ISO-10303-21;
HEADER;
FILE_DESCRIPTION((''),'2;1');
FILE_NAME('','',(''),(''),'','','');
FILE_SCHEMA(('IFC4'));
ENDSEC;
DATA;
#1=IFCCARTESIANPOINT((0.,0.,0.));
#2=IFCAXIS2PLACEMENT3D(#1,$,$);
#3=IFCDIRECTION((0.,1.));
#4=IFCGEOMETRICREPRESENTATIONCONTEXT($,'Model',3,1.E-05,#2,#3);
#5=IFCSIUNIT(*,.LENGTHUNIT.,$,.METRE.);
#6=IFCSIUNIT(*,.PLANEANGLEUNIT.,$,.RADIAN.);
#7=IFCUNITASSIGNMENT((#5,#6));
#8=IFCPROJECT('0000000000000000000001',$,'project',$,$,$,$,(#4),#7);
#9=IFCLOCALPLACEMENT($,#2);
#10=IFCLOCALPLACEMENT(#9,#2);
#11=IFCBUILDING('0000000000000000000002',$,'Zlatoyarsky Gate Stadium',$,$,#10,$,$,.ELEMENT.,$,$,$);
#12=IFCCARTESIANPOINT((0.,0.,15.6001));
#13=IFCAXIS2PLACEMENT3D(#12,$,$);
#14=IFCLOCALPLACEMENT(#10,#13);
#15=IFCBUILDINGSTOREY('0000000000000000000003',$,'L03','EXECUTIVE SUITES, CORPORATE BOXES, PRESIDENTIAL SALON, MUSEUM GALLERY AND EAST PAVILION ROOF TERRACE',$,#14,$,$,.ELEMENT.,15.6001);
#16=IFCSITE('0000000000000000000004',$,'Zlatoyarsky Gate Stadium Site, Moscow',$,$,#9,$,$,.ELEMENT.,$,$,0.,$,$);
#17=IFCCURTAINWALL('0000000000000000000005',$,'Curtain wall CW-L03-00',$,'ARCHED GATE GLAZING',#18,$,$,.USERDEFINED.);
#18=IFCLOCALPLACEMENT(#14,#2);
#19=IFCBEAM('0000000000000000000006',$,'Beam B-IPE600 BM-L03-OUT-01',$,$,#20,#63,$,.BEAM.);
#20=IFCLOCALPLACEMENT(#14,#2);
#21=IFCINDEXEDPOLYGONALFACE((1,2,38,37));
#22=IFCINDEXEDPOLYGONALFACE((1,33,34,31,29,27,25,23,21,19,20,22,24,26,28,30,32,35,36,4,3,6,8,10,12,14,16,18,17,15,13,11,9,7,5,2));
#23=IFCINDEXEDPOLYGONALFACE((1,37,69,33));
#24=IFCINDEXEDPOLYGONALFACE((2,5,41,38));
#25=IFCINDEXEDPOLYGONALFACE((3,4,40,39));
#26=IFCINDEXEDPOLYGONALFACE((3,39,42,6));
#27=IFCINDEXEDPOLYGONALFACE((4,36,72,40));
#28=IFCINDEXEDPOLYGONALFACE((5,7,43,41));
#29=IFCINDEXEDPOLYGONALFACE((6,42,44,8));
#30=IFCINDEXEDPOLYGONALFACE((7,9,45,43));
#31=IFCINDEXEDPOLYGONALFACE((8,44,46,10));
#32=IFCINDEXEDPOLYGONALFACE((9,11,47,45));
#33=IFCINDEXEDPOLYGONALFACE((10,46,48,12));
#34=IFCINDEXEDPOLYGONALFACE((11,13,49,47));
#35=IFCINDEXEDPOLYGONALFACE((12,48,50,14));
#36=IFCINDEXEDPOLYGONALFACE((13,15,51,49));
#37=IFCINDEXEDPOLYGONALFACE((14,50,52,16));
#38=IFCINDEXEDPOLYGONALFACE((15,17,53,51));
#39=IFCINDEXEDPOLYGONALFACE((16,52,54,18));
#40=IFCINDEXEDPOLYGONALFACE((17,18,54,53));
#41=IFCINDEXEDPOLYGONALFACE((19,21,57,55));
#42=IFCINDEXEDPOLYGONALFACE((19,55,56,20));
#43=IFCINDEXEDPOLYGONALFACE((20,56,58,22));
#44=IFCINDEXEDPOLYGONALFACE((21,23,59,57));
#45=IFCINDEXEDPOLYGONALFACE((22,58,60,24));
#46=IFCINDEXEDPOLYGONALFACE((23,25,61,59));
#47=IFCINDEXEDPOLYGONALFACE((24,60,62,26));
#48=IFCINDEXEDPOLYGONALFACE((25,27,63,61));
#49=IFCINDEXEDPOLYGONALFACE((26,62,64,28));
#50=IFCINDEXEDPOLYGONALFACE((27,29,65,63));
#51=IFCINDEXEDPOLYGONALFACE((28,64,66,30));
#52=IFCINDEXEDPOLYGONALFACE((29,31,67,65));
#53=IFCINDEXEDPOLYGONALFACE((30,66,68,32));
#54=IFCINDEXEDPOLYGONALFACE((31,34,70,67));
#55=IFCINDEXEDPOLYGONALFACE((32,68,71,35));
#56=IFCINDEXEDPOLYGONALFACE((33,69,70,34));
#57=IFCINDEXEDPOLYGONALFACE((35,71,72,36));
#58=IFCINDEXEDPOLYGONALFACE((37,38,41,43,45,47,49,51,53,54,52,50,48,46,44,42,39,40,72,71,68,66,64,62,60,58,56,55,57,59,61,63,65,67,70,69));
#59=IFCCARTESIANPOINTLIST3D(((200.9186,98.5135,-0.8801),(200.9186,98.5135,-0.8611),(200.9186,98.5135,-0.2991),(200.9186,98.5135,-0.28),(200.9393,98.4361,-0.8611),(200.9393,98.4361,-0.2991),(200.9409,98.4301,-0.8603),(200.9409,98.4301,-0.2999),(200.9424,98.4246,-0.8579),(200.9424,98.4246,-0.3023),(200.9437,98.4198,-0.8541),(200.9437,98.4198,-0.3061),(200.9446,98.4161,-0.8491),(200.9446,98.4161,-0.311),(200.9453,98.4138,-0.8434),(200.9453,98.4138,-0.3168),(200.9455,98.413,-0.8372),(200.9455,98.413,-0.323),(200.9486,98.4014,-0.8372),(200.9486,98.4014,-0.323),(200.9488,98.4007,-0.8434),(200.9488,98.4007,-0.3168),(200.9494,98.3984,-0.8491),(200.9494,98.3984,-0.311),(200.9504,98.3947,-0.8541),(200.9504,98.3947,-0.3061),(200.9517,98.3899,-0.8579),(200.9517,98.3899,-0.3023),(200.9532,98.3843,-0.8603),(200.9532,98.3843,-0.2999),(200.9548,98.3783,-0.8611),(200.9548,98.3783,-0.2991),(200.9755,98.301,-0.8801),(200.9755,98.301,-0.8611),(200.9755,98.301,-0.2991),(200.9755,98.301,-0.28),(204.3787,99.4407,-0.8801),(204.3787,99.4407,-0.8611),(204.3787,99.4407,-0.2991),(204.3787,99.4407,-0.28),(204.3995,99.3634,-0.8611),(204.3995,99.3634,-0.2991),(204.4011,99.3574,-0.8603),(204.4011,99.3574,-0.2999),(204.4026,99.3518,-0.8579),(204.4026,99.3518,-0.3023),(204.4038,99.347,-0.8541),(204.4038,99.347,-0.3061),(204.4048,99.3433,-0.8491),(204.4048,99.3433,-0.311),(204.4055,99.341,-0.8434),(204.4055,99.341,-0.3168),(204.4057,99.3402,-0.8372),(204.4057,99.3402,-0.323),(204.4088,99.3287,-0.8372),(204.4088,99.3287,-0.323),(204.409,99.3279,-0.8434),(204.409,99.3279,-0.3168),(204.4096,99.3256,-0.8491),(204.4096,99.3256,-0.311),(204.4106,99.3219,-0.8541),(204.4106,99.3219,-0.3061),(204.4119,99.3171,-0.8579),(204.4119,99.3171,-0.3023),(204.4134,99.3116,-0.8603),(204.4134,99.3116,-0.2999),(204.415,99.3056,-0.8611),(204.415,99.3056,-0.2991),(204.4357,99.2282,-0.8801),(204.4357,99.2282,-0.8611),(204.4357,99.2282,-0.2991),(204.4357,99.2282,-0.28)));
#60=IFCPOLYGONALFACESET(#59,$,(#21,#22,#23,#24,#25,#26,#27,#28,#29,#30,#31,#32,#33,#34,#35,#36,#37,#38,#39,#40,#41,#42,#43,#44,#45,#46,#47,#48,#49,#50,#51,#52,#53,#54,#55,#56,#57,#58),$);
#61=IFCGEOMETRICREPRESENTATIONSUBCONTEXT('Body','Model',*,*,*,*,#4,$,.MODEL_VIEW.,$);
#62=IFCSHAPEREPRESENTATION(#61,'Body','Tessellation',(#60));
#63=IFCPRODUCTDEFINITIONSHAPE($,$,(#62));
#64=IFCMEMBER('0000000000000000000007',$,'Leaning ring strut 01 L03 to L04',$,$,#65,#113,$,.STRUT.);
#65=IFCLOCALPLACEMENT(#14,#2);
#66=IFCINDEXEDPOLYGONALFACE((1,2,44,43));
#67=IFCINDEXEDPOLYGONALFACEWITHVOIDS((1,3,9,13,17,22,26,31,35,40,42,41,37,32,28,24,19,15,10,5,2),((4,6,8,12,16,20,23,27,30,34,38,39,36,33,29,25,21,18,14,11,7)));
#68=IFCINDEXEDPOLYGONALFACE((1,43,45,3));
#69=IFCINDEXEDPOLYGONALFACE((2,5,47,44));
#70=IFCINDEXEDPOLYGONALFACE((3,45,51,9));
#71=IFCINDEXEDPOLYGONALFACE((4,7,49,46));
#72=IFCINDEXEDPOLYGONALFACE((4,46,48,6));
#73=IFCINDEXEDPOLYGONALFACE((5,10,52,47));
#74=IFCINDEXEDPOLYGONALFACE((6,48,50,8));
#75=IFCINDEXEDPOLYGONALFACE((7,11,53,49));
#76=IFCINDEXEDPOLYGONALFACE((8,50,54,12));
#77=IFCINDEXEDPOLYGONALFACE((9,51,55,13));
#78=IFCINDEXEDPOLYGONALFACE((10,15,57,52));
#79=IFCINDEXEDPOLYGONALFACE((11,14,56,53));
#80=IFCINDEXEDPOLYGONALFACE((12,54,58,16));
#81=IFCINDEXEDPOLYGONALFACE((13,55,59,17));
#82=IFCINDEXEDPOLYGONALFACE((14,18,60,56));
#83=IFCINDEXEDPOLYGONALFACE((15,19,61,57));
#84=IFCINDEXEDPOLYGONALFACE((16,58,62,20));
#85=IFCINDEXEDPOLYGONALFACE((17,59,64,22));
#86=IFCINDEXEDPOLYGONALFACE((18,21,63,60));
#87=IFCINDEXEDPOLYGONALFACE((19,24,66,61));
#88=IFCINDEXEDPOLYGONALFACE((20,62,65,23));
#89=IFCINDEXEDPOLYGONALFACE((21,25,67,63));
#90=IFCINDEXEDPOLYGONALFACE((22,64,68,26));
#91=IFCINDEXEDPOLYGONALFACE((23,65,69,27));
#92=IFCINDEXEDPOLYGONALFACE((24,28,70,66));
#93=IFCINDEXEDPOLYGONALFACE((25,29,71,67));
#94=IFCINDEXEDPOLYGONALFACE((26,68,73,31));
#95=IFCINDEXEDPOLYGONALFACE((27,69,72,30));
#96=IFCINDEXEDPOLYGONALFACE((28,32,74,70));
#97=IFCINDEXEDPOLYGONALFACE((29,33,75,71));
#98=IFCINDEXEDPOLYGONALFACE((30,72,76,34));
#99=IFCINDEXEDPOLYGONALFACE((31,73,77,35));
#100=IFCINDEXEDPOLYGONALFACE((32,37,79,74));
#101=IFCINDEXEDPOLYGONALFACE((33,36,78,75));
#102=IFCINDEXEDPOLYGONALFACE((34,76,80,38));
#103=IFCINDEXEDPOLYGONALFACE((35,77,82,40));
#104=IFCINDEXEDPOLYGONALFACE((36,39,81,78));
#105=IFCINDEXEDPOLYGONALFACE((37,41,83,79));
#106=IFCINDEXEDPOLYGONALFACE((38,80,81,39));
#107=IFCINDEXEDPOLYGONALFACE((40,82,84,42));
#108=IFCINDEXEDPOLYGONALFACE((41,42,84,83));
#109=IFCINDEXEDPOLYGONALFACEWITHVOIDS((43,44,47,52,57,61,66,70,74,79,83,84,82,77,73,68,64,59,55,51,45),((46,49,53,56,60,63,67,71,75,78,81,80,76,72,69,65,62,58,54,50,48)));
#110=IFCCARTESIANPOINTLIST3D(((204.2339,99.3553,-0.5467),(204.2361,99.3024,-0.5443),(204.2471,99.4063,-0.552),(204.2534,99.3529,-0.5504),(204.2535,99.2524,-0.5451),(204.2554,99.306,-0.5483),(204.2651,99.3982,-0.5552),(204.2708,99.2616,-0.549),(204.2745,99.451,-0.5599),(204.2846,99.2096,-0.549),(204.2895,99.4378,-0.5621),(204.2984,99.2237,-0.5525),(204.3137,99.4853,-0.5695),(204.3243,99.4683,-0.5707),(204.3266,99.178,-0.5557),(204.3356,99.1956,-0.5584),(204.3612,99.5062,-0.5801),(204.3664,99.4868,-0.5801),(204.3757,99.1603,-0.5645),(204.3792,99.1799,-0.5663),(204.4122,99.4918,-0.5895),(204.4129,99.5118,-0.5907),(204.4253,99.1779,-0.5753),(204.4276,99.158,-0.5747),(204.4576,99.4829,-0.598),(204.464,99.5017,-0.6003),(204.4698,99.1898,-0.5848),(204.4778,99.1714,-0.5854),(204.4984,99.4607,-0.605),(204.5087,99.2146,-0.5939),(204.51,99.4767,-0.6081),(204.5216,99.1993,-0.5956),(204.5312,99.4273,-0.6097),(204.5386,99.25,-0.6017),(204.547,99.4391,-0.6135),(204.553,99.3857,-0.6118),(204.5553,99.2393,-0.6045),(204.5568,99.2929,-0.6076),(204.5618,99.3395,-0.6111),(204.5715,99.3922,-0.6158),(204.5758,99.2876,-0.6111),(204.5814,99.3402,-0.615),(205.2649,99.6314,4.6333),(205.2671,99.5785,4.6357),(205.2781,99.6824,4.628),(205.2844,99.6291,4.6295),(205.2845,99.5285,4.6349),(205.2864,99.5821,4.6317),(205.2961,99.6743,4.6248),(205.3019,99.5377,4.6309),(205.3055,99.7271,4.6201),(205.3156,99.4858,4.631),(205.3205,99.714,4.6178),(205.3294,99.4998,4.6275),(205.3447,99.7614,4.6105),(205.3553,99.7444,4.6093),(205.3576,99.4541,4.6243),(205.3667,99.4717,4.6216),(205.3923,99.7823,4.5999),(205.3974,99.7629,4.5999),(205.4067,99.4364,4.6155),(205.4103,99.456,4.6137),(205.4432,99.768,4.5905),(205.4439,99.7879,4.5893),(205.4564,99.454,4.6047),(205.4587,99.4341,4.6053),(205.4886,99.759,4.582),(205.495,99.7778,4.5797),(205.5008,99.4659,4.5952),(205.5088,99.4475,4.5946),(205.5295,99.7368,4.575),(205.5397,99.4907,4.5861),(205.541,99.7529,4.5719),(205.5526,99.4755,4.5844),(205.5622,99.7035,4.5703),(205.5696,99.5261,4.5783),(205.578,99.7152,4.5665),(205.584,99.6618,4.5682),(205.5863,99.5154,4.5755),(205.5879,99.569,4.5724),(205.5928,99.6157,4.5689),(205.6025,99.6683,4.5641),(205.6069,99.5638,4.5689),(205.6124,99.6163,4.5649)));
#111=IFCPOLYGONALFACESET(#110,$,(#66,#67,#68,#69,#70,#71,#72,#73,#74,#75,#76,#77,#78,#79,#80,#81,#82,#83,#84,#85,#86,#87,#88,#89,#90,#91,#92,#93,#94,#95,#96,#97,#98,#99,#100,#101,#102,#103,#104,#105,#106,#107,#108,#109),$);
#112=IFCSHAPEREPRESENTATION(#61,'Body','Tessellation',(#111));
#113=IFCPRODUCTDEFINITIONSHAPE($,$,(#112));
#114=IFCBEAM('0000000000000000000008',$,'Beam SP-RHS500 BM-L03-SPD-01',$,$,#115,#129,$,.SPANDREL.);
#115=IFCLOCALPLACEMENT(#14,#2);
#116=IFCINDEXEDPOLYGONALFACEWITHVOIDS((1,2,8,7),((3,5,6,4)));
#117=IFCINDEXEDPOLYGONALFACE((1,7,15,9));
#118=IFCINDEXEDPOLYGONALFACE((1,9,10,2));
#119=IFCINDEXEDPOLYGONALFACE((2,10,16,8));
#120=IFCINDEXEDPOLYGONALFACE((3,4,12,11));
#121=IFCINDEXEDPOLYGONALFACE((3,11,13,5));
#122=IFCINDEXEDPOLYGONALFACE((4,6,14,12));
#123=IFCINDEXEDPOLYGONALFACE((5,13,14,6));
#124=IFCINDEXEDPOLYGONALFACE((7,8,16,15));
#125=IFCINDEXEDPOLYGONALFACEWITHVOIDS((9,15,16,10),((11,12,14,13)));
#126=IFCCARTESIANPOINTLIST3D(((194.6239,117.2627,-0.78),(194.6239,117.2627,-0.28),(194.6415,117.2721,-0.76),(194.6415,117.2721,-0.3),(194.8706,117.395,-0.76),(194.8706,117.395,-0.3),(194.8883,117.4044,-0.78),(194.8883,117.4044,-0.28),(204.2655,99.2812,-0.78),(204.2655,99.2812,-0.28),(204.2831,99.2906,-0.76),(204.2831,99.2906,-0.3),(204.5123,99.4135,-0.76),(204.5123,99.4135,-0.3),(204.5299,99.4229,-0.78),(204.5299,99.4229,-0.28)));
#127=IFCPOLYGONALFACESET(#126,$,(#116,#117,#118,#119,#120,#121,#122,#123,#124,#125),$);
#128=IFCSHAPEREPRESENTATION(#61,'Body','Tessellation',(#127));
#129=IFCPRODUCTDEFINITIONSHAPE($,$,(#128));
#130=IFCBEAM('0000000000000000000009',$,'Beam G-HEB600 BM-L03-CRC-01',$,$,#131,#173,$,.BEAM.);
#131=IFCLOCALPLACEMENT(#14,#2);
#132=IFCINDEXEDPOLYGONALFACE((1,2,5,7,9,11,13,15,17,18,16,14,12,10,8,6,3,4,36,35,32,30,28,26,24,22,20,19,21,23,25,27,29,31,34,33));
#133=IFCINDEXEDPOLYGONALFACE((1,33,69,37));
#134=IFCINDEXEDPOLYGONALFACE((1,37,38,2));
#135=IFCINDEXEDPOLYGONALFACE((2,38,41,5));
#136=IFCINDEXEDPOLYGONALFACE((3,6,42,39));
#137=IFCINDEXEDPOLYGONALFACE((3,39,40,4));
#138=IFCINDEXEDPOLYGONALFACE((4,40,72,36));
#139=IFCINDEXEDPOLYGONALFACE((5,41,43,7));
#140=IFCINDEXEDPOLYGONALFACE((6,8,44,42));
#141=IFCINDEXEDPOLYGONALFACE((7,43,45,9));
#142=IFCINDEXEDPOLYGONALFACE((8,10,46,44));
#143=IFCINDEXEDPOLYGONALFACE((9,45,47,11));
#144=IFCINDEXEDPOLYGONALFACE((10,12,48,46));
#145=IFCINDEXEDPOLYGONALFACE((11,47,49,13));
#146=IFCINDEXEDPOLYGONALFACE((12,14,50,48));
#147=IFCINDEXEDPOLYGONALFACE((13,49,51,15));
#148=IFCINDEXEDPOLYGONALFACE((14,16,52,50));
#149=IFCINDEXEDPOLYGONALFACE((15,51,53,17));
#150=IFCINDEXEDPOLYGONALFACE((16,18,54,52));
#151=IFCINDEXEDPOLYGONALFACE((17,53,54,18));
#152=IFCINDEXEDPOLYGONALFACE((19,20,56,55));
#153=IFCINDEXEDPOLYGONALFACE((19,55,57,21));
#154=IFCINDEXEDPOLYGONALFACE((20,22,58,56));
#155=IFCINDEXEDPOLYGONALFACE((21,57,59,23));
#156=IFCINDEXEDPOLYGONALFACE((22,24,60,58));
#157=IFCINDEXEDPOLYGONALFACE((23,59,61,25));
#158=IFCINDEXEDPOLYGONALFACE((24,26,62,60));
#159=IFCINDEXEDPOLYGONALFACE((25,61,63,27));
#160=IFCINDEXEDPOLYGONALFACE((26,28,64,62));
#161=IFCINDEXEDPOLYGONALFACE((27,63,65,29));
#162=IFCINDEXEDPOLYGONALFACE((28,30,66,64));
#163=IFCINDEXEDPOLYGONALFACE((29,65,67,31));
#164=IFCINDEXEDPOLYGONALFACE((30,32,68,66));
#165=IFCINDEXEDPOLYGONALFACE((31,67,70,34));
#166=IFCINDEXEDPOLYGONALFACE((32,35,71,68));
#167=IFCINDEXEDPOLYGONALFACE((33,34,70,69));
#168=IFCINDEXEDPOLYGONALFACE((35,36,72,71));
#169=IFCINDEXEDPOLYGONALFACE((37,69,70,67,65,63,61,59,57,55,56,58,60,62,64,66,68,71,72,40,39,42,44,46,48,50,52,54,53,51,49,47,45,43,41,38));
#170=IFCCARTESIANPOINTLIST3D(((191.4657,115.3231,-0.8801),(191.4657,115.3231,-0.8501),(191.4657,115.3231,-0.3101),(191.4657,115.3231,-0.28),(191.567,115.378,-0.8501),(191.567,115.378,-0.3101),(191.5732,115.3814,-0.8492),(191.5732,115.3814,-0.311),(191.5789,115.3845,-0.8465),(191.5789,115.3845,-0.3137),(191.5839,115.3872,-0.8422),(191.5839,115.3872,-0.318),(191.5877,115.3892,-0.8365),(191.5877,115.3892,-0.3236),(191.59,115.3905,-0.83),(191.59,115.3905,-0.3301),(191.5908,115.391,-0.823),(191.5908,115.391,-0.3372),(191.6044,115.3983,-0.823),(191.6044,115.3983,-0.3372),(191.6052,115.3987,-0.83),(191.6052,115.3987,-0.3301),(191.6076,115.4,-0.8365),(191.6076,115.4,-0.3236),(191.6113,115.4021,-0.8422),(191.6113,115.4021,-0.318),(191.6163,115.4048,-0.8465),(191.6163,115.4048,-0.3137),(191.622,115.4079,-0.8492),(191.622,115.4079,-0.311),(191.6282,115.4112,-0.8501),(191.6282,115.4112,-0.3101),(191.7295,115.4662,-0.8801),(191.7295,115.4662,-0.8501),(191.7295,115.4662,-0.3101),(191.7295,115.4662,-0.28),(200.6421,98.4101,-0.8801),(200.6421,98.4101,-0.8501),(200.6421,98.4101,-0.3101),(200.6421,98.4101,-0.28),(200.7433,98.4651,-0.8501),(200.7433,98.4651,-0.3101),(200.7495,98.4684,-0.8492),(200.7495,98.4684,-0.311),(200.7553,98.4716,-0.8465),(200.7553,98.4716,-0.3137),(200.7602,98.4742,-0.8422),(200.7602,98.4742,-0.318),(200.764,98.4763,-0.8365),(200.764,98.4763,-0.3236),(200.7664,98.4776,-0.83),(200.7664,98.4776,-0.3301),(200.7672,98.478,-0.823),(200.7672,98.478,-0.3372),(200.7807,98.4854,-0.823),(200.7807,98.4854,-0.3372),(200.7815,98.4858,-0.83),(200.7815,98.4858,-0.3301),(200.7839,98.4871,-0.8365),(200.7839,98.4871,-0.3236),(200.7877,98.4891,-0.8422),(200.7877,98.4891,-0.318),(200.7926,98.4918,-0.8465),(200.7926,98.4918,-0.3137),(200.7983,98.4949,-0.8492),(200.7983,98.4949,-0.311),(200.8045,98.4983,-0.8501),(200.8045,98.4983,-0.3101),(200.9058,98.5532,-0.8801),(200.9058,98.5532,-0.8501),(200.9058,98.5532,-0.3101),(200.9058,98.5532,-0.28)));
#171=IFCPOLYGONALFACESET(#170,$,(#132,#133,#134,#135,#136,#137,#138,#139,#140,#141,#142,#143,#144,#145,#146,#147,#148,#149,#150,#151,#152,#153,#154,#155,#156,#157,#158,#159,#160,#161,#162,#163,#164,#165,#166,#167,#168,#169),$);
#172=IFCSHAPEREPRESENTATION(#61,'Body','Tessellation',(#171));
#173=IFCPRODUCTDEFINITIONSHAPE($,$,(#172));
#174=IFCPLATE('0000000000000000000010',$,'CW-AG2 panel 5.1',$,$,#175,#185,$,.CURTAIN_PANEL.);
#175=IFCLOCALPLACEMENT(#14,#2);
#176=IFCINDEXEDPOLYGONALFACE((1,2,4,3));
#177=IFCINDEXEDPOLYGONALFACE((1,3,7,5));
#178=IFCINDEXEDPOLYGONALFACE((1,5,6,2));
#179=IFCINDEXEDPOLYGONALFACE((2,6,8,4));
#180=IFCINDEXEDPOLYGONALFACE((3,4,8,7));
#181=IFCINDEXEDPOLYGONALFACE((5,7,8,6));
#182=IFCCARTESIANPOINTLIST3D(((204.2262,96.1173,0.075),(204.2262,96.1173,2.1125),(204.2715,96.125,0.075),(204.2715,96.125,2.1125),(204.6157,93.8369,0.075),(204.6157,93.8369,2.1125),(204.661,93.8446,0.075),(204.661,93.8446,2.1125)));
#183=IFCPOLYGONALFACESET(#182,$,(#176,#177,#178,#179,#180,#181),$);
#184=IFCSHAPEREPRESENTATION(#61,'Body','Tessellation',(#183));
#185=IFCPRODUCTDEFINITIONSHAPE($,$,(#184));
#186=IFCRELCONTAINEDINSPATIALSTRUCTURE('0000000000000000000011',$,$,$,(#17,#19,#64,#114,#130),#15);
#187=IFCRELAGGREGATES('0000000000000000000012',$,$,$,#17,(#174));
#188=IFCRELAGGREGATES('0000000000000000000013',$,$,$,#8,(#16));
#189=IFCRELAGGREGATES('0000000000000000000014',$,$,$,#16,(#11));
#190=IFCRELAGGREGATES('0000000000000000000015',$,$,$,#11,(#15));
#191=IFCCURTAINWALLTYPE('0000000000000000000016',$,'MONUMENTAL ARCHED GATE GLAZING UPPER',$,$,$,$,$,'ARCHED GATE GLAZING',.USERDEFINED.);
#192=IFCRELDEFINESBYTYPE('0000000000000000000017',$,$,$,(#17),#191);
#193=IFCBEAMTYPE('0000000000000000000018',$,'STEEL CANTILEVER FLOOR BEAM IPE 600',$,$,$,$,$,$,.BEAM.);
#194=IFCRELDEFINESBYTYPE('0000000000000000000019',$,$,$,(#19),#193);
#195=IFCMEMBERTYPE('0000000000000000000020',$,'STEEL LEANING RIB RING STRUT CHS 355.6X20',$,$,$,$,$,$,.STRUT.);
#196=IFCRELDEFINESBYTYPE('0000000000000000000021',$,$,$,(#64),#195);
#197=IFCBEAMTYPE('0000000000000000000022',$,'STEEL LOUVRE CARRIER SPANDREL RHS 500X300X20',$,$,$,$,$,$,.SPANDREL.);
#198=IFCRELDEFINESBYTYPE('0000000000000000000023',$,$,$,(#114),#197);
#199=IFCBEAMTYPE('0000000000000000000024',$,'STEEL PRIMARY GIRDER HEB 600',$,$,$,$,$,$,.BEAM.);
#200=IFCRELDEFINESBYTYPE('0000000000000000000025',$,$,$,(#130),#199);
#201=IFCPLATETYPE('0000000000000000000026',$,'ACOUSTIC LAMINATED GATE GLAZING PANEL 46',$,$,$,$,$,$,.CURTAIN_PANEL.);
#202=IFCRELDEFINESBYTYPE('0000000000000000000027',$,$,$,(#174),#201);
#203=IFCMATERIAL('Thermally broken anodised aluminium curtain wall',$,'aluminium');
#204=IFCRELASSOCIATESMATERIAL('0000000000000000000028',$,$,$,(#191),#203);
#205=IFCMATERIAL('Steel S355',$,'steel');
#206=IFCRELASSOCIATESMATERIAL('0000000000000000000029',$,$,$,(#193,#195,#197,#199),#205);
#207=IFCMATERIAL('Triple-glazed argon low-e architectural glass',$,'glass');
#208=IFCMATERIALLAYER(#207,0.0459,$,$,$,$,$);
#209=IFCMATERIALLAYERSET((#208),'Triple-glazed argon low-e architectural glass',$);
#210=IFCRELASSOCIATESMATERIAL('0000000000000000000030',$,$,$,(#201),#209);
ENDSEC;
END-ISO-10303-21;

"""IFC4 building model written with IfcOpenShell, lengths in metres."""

from ifc_helpers import new_model, si_unit, direction, frame, origin, origin_2d, place, context, subcontext, project, spatial, rectangle, hollow_rectangle, hollow_circle, i_section, extrude, material, layer, layer_set, material_profile, profile_set, type_object, element, aggregate, save


model = new_model("IFC4")

# Units and contexts
model_context = context("Model", 3, precision=1e-05, world=origin(), true_north=direction((0.0, 1.0)))
body_context = subcontext(model_context, "Body", "Model", "MODEL_VIEW")
ifc_project = project(units=[si_unit("LENGTHUNIT", "METRE"), si_unit("PLANEANGLEUNIT", "RADIAN")], contexts=[model_context])

# Site, building, storey
site_placement = place(None, origin())
site = spatial("IfcSite", under=ifc_project, at=site_placement, Name="Zlatoyarsky Gate Stadium Site, Moscow", CompositionType="ELEMENT", RefElevation=0.0)
building_placement = place(site_placement, origin())
building = spatial("IfcBuilding", under=site, at=building_placement, Name="Zlatoyarsky Gate Stadium", CompositionType="ELEMENT")
storey_placement = place(building_placement, frame((0.0, 0.0, 15.6001)))
storey = spatial("IfcBuildingStorey", under=building, at=storey_placement, Name="L03", Description="EXECUTIVE SUITES, CORPORATE BOXES, PRESIDENTIAL SALON, MUSEUM GALLERY AND EAST PAVILION ROOF TERRACE", CompositionType="ELEMENT", Elevation=15.6001)

# Shared definitions
ifc_material_1 = material(Name="Steel S355", Category="steel")

# Curtain wall
ifc_material_2 = material(Name="Thermally broken anodised aluminium curtain wall", Category="aluminium")
curtain_wall_type_1 = type_object("IfcCurtainWallType", Name="MONUMENTAL ARCHED GATE GLAZING UPPER", ElementType="ARCHED GATE GLAZING", PredefinedType="USERDEFINED", material=ifc_material_2)
curtain_wall_1_placement = place(storey_placement, origin())
curtain_wall_1 = element("IfcCurtainWall", 1, at=curtain_wall_1_placement, inside=storey, type_object=curtain_wall_type_1, Name="Curtain wall CW-L03-00", ObjectType="ARCHED GATE GLAZING", PredefinedType="USERDEFINED")

# Beam
ifc_material_profile_1 = material_profile(ifc_material_1, i_section(OverallWidth=0.22, OverallDepth=0.6001, WebThickness=0.012, FlangeThickness=0.019, FilletRadius=0.0239, at=origin_2d()), Name="IPE 600")
ifc_profile_set_1 = profile_set([ifc_material_profile_1], Name="Steel S355")
beam_type_1 = type_object("IfcBeamType", Name="STEEL CANTILEVER FLOOR BEAM IPE 600", PredefinedType="BEAM", material=ifc_profile_set_1)
beam_1_placement = place(storey_placement, frame((200.947, 98.4072, -0.5801), z_axis=(0.96592, 0.258842, 0.0), x_axis=(-0.258842, 0.96592, 0.0)))
element("IfcBeam", 2, at=beam_1_placement, inside=storey, type_object=beam_type_1, Name="Beam B-IPE600 BM-L03-OUT-01", PredefinedType="BEAM", context=body_context, shape_type="SweptSolid", body=[
    extrude(i_section(OverallWidth=0.22, OverallDepth=0.6001, WebThickness=0.012, FlangeThickness=0.019, FilletRadius=0.0239, at=origin_2d()), origin(), (0.0, 0.0, 1.0), 3.5823),
])

# Member
ifc_material_profile_2 = material_profile(ifc_material_1, hollow_circle(Radius=0.1777, WallThickness=0.02, at=origin_2d()), Name="CHS 355.6X20")
ifc_profile_set_2 = profile_set([ifc_material_profile_2], Name="Steel S355")
member_type_1 = type_object("IfcMemberType", Name="STEEL LEANING RIB RING STRUT CHS 355.6X20", PredefinedType="STRUT", material=ifc_profile_set_2)
member_1_placement = place(storey_placement, frame((204.4072, 99.3345, -0.5801), z_axis=(0.194943, 0.052209, 0.979424), x_axis=(-0.258702, 0.965957, 0.0)))
element("IfcMember", 3, at=member_1_placement, inside=storey, type_object=member_type_1, Name="Leaning ring strut 01 L03 to L04", PredefinedType="STRUT", context=body_context, shape_type="SweptSolid", body=[
    extrude(hollow_circle(Radius=0.1777, WallThickness=0.02, at=origin_2d()), origin(), (0.0, 0.0, 1.0), 5.2888),
])

# Beams
ifc_material_profile_3 = material_profile(ifc_material_1, hollow_rectangle(XDim=0.3, YDim=0.5, WallThickness=0.02, at=origin_2d()), Name="RHS 500X300X20")
ifc_profile_set_3 = profile_set([ifc_material_profile_3], Name="Steel S355")
beam_type_2 = type_object("IfcBeamType", Name="STEEL LOUVRE CARRIER SPANDREL RHS 500X300X20", PredefinedType="SPANDREL", material=ifc_profile_set_3)
beam_2_placement = place(storey_placement, frame((204.3977, 99.3521, -0.53), z_axis=(-0.472552, 0.881303, 0.0), x_axis=(-0.881303, -0.472552, 0.0)))
element("IfcBeam", 4, at=beam_2_placement, inside=storey, type_object=beam_type_2, Name="Beam SP-RHS500 BM-L03-SPD-01", PredefinedType="SPANDREL", context=body_context, shape_type="SweptSolid", body=[
    extrude(hollow_rectangle(XDim=0.3, YDim=0.5, WallThickness=0.02, at=origin_2d()), origin(), (0.0, 0.0, 1.0), 20.4033),
])
ifc_material_profile_4 = material_profile(ifc_material_1, i_section(OverallWidth=0.3, OverallDepth=0.6001, WebThickness=0.0154, FlangeThickness=0.03, FilletRadius=0.0271, at=origin_2d()), Name="HEB 600")
ifc_profile_set_4 = profile_set([ifc_material_profile_4], Name="Steel S355")
beam_type_3 = type_object("IfcBeamType", Name="STEEL PRIMARY GIRDER HEB 600", PredefinedType="BEAM", material=ifc_profile_set_4)
beam_3_placement = place(storey_placement, frame((200.7739, 98.4817, -0.5801), z_axis=(-0.476892, 0.878962, 0.0), x_axis=(-0.878962, -0.476892, 0.0)))
element("IfcBeam", 5, at=beam_3_placement, inside=storey, type_object=beam_type_3, Name="Beam G-HEB600 BM-L03-CRC-01", PredefinedType="BEAM", context=body_context, shape_type="SweptSolid", body=[
    extrude(i_section(OverallWidth=0.3, OverallDepth=0.6001, WebThickness=0.0154, FlangeThickness=0.03, FilletRadius=0.0271, at=origin_2d()), origin(), (0.0, 0.0, 1.0), 19.2419),
])

# Plate
ifc_material_3 = material(Name="Triple-glazed argon low-e architectural glass", Category="glass")
ifc_layer_1 = layer(ifc_material_3, 0.0459)
ifc_layer_set_1 = layer_set([ifc_layer_1], Name="Triple-glazed argon low-e architectural glass")
plate_type_1 = type_object("IfcPlateType", Name="ACOUSTIC LAMINATED GATE GLAZING PANEL 46", PredefinedType="CURTAIN_PANEL", material=ifc_layer_set_1)
plate_1_placement = place(storey_placement, frame((204.4436, 94.981, 0.075), z_axis=(0.0, 0.0, 1.0), x_axis=(-0.168354, 0.985727, 0.0)))
plate_1 = element("IfcPlate", 6, at=plate_1_placement, type_object=plate_type_1, Name="CW-AG2 panel 5.1", PredefinedType="CURTAIN_PANEL", context=body_context, shape_type="SweptSolid", body=[
    extrude(rectangle(XDim=2.3135, YDim=0.0459, at=origin_2d()), origin(), (0.0, 0.0, 1.0), 2.0376),
])
aggregate(curtain_wall_1, [plate_1])

save(model, "model.ifc")
